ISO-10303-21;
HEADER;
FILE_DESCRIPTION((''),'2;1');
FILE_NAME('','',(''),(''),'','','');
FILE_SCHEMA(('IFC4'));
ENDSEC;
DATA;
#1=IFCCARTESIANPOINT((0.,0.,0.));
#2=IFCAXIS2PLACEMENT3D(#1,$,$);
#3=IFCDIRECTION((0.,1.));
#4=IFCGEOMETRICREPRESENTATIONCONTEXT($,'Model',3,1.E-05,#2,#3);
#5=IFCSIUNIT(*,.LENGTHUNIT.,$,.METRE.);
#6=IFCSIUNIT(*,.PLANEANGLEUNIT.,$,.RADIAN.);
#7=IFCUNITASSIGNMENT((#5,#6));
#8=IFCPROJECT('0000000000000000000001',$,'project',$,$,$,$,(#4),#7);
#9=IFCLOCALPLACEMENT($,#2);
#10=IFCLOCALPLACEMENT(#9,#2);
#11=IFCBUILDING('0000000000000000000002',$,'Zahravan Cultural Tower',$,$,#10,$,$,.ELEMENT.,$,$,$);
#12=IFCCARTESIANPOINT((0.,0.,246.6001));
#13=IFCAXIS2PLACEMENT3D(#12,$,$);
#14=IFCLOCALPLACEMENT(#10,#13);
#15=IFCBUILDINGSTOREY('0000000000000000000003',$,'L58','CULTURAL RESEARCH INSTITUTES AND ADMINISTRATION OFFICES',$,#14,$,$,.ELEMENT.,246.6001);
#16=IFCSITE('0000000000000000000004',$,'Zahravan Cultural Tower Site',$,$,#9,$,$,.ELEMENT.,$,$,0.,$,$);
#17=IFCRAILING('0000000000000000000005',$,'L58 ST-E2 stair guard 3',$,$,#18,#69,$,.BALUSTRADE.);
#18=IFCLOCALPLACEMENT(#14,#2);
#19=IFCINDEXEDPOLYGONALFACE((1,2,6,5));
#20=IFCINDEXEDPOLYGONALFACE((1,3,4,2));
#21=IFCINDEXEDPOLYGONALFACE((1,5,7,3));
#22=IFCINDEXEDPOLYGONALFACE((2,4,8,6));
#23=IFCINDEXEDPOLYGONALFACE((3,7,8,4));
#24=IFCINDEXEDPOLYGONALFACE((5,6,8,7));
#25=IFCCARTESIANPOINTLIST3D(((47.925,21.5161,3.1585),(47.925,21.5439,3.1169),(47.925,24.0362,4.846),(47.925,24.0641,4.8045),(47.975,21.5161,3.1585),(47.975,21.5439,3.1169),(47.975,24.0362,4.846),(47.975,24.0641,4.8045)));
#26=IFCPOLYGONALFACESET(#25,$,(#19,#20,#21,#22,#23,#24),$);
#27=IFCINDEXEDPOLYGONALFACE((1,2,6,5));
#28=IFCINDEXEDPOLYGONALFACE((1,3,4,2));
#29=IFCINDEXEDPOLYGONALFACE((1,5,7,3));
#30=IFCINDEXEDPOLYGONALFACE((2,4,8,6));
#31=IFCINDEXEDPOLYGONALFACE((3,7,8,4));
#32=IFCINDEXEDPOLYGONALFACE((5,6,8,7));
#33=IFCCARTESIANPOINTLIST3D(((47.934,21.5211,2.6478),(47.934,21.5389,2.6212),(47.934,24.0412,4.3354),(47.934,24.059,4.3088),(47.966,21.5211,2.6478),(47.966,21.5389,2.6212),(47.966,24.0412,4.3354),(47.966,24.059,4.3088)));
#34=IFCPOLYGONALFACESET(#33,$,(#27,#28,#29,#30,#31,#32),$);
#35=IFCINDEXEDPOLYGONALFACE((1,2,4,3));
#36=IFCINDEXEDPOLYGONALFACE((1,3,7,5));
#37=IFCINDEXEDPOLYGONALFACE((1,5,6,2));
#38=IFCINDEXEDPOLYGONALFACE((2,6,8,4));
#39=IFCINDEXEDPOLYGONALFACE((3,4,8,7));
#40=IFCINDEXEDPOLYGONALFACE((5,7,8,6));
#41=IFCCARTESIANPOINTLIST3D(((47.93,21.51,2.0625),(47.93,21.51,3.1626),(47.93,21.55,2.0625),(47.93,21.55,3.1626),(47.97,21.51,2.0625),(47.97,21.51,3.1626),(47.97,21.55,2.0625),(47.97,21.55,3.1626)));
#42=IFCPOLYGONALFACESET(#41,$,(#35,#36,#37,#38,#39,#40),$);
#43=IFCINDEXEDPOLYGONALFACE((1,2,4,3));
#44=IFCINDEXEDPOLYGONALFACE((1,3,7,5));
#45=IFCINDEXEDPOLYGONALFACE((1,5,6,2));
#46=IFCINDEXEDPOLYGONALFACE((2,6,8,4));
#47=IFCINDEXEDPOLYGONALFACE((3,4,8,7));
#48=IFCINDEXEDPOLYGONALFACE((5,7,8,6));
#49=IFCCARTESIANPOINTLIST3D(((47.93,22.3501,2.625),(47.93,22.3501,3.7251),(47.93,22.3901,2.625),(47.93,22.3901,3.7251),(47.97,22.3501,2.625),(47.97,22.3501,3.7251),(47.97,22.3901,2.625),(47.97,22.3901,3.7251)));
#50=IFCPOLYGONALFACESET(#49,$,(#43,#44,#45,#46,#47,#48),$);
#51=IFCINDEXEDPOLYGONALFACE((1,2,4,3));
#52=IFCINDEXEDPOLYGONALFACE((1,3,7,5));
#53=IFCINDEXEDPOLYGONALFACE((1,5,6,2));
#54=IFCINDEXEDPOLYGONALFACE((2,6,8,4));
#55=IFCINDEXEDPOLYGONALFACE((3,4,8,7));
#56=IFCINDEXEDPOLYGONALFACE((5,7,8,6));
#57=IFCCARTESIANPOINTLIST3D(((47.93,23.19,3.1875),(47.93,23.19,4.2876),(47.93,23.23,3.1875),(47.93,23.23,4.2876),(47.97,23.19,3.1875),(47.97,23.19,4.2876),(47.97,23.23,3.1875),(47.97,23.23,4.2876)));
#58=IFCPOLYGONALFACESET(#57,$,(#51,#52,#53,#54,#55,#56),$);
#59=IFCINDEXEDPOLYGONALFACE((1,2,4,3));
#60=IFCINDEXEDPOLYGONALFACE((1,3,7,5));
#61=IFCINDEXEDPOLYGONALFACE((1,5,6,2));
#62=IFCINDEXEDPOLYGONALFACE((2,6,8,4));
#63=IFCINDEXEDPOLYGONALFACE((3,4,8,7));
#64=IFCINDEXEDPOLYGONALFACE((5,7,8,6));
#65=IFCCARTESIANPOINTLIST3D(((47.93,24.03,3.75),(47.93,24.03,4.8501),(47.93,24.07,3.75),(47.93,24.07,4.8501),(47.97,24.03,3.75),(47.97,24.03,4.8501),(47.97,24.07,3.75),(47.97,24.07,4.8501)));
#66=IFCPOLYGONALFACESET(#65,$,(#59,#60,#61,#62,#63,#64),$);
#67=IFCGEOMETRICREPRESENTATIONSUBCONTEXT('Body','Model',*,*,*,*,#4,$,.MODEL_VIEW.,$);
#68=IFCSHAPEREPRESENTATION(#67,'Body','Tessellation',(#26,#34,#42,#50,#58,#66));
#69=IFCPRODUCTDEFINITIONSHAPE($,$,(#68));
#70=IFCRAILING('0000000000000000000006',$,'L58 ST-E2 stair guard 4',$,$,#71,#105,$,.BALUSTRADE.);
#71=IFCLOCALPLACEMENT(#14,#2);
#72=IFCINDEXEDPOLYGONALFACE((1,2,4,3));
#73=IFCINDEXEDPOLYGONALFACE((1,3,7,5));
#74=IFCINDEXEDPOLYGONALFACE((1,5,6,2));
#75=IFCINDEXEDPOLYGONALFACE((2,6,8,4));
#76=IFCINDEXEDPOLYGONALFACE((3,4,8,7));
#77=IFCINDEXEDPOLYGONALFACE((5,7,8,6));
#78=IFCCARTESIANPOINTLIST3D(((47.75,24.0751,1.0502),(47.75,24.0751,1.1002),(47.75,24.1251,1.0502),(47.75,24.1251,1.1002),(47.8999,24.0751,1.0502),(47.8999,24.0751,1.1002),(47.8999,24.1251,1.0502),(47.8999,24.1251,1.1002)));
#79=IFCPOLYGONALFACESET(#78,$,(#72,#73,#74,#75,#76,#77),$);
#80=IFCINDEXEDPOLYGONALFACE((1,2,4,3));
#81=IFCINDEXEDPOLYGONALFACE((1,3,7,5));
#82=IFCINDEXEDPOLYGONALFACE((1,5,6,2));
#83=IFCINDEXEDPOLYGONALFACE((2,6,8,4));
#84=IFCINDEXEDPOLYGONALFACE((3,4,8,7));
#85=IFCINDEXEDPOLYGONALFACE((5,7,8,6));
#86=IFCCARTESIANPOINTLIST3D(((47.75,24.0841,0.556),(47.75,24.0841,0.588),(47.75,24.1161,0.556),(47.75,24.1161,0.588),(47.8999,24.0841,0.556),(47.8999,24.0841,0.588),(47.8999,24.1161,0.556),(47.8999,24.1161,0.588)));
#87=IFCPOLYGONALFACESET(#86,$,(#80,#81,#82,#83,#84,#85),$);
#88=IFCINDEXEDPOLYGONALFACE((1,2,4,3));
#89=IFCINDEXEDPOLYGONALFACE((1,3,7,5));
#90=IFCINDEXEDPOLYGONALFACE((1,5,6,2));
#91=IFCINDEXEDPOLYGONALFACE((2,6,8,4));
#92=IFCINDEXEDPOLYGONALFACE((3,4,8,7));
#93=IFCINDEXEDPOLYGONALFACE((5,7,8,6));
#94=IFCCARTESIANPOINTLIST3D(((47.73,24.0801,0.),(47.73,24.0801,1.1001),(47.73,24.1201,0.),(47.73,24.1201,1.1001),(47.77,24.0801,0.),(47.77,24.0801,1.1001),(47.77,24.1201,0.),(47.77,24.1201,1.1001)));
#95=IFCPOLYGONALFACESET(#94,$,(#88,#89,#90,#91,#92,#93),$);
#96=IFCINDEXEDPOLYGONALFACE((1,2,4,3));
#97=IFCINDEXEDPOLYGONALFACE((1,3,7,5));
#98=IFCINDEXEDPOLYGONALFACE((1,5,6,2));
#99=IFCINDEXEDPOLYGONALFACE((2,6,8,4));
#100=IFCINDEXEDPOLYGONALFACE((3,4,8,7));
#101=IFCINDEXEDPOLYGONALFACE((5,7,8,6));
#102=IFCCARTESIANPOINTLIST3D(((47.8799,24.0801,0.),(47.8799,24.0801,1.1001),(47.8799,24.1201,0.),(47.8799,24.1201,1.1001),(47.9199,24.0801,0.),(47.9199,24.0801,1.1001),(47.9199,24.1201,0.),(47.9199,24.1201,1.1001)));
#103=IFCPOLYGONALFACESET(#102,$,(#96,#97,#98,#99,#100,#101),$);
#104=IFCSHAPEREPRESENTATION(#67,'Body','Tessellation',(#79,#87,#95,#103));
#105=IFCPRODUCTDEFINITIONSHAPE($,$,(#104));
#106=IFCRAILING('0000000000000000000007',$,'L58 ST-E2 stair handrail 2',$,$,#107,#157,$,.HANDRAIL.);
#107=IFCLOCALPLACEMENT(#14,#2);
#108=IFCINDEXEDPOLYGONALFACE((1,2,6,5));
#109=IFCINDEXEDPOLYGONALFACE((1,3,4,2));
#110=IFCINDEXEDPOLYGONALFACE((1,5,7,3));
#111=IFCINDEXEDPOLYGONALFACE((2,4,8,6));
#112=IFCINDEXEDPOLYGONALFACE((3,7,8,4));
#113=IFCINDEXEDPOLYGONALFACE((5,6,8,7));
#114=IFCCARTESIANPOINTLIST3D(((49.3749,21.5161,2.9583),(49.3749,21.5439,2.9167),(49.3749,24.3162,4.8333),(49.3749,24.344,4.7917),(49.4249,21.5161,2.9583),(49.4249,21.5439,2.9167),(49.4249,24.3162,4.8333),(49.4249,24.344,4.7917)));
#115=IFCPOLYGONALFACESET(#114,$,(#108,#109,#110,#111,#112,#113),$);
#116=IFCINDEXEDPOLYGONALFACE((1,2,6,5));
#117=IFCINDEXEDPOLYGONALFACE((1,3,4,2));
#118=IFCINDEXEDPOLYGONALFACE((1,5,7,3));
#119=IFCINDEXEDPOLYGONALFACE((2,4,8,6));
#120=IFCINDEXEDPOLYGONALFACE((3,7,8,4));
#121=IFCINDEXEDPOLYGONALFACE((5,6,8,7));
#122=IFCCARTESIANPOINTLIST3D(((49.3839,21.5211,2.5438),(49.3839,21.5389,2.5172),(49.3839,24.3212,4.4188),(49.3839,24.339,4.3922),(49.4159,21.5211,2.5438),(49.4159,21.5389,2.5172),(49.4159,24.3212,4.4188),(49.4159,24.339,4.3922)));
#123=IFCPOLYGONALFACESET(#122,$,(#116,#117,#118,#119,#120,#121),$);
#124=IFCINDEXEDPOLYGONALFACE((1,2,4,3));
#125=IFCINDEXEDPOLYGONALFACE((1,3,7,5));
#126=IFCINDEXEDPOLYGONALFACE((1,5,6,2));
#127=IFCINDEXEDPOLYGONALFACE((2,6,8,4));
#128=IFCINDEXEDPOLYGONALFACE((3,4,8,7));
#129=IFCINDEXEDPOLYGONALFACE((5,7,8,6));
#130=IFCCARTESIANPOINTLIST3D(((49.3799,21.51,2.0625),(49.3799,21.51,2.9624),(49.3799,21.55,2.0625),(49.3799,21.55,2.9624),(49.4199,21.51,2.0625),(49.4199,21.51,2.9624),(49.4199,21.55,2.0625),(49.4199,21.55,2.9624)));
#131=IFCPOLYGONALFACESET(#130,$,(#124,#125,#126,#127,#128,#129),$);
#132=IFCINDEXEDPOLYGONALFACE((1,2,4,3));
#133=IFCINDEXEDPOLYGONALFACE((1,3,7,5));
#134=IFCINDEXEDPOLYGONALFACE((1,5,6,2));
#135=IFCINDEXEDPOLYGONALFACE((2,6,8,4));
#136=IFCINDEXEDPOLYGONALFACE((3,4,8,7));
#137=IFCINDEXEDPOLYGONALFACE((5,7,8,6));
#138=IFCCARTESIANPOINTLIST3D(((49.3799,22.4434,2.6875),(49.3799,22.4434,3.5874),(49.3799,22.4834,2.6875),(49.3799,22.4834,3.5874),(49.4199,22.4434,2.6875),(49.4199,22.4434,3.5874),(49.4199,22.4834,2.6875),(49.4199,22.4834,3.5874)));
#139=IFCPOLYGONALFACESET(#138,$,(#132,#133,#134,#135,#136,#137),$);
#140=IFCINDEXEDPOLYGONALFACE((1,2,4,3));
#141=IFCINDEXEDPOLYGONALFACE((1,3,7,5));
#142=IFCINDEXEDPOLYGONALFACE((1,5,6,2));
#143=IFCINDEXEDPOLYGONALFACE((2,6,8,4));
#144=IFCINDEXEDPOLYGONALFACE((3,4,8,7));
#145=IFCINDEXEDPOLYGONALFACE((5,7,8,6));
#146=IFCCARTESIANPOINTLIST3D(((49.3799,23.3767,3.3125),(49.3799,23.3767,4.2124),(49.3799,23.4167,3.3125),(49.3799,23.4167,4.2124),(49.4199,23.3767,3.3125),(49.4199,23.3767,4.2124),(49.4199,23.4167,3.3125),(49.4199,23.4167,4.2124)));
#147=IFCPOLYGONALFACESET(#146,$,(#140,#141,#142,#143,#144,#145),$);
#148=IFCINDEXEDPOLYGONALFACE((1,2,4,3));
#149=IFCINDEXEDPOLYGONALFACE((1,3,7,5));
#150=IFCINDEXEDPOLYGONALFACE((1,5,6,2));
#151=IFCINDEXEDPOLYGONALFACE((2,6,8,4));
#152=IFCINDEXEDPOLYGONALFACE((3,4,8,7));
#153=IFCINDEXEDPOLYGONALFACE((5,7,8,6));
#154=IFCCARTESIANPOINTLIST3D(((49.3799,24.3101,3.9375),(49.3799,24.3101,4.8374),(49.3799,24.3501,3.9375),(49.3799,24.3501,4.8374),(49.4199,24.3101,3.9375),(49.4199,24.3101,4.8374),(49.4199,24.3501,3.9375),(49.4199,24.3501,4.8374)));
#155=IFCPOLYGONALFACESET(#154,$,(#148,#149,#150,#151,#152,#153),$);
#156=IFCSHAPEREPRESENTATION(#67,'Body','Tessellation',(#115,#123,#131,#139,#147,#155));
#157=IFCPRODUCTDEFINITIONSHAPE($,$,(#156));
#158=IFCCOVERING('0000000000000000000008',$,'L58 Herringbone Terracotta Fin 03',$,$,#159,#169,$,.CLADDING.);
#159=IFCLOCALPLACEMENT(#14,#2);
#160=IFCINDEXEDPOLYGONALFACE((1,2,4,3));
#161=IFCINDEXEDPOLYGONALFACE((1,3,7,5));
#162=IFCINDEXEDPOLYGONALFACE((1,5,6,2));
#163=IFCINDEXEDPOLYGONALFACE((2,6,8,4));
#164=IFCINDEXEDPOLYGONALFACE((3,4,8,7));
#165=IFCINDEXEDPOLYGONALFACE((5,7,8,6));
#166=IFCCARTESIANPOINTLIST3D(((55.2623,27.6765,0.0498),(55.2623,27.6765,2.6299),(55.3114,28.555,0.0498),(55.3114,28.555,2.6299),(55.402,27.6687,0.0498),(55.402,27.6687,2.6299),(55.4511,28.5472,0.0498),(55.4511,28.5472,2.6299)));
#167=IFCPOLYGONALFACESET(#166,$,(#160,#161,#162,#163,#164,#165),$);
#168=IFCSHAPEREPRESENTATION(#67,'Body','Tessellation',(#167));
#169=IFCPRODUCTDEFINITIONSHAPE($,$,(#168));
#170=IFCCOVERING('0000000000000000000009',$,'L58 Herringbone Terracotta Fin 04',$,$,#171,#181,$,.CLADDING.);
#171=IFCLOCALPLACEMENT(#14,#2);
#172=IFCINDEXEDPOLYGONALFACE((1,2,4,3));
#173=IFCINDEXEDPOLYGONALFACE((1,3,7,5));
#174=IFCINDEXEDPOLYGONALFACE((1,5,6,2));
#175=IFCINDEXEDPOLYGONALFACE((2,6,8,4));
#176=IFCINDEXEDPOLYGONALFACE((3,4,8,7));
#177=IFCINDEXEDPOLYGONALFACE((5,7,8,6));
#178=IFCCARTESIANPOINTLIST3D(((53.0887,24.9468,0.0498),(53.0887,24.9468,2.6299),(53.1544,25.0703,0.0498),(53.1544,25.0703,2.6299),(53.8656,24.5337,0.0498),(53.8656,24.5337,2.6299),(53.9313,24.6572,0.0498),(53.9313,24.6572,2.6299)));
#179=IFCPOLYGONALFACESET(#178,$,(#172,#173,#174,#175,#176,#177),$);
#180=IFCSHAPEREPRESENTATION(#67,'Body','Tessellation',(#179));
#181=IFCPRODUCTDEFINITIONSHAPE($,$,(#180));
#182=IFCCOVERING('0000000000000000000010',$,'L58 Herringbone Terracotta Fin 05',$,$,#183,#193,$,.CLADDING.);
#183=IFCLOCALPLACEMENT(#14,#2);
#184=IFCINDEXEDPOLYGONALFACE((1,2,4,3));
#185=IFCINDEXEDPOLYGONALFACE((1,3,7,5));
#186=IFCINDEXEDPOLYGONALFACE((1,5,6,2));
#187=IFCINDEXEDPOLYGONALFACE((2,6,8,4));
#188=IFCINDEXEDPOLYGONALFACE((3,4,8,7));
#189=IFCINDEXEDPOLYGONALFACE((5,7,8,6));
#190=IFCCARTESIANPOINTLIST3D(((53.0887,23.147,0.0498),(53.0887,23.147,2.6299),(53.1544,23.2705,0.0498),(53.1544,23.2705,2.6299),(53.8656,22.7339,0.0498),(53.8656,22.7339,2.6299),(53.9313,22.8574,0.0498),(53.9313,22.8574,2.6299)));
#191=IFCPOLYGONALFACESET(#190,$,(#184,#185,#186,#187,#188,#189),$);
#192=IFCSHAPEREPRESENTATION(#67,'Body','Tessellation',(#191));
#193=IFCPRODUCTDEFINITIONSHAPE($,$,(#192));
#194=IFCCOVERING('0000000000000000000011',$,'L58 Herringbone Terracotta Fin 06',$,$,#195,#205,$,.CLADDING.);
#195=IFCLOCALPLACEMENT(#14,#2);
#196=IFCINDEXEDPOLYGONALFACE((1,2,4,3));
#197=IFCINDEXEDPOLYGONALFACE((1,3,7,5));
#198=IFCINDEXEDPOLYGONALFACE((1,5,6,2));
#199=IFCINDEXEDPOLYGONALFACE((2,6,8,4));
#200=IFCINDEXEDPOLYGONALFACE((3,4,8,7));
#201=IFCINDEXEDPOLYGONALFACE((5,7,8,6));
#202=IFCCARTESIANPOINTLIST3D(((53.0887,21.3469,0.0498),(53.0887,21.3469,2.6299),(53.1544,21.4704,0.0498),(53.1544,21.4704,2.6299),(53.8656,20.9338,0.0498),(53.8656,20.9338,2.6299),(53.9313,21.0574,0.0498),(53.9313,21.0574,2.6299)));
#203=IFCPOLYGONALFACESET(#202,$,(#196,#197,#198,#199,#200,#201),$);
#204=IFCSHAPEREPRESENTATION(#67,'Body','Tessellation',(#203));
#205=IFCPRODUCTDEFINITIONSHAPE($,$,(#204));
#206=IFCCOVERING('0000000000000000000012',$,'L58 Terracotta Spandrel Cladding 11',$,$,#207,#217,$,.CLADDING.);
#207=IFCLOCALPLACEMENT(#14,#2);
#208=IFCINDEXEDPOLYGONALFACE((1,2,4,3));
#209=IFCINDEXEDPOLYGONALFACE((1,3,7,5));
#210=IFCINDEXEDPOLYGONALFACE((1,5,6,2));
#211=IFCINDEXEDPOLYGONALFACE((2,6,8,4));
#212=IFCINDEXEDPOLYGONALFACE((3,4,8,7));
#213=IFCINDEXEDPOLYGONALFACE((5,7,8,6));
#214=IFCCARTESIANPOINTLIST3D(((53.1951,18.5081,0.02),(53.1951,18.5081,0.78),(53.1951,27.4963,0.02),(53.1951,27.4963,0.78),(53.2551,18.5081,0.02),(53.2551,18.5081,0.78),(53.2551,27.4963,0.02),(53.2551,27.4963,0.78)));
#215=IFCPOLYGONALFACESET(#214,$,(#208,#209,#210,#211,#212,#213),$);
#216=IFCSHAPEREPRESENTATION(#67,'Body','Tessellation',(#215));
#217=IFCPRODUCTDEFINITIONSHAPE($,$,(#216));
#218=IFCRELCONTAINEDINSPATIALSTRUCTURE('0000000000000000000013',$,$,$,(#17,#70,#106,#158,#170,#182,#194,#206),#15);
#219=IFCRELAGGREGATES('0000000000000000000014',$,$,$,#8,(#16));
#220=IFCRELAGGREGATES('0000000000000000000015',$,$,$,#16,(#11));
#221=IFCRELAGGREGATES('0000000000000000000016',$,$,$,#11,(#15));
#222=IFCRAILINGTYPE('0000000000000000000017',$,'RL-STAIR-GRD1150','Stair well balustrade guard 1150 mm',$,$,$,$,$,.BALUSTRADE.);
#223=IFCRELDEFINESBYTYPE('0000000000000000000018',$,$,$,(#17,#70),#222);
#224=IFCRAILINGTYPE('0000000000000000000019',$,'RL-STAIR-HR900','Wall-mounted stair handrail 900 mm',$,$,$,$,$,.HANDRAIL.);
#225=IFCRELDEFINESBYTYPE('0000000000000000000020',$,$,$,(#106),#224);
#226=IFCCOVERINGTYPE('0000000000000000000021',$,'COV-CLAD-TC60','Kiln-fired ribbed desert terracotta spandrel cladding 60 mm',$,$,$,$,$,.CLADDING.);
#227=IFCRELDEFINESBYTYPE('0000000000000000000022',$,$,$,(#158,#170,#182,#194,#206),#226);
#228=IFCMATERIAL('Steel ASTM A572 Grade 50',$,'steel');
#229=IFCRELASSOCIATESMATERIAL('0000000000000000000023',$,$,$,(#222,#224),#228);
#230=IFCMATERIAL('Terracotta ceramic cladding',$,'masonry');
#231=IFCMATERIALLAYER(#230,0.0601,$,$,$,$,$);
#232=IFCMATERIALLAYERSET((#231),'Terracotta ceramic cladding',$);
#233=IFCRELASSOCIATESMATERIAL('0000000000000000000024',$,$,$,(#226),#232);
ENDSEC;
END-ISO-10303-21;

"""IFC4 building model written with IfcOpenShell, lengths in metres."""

from ifc_helpers import new_model, si_unit, direction, frame, origin, origin_2d, place, context, subcontext, project, spatial, rectangle, extrude, source, transform, mapped, material, layer, layer_set, type_object, element, save


model = new_model("IFC4")

# Units and contexts
model_context = context("Model", 3, precision=1e-05, world=origin(), true_north=direction((0.0, 1.0)))
body_context = subcontext(model_context, "Body", "Model", "MODEL_VIEW")
ifc_project = project(units=[si_unit("LENGTHUNIT", "METRE"), si_unit("PLANEANGLEUNIT", "RADIAN")], contexts=[model_context])

# Site, building, storey
site_placement = place(None, origin())
site = spatial("IfcSite", under=ifc_project, at=site_placement, Name="Zahravan Cultural Tower Site", CompositionType="ELEMENT", RefElevation=0.0)
building_placement = place(site_placement, origin())
building = spatial("IfcBuilding", under=site, at=building_placement, Name="Zahravan Cultural Tower", CompositionType="ELEMENT")
storey_placement = place(building_placement, frame((0.0, 0.0, 246.6001)))
storey = spatial("IfcBuildingStorey", under=building, at=storey_placement, Name="L58", Description="CULTURAL RESEARCH INSTITUTES AND ADMINISTRATION OFFICES", CompositionType="ELEMENT", Elevation=246.6001)

# Railings
ifc_material_1 = material(Name="Steel ASTM A572 Grade 50", Category="steel")
railing_type_1 = type_object("IfcRailingType", Name="RL-STAIR-GRD1150", Description="Stair well balustrade guard 1150 mm", PredefinedType="BALUSTRADE", material=ifc_material_1)
railing_1_placement = place(storey_placement, frame((47.95, 21.53, 2.0625)))
element("IfcRailing", 1, at=railing_1_placement, inside=storey, type_object=railing_type_1, Name="L58 ST-E2 stair guard 3", PredefinedType="BALUSTRADE", context=body_context, shape_type="SweptSolid", body=[
    extrude(rectangle(XDim=0.05, YDim=0.05, at=origin_2d()), frame((0.0, 0.0, 1.0752), z_axis=(0.0, 0.830909, 0.556408), x_axis=(-1.0, 0.0, 0.0)), (0.0, 0.0, 1.0), 3.033),
    extrude(rectangle(XDim=0.032, YDim=0.032, at=origin_2d()), frame((0.0, 0.0, 0.572), z_axis=(0.0, 0.830909, 0.556408), x_axis=(-1.0, 0.0, 0.0)), (0.0, 0.0, 1.0), 3.033),
    extrude(rectangle(XDim=0.04, YDim=0.04, at=origin_2d()), origin(), (0.0, 0.0, 1.0), 1.1001),
    extrude(rectangle(XDim=0.04, YDim=0.04, at=origin_2d()), frame((0.0, 0.8401, 0.5625)), (0.0, 0.0, 1.0), 1.1001),
    extrude(rectangle(XDim=0.04, YDim=0.04, at=origin_2d()), frame((0.0, 1.6799, 1.125)), (0.0, 0.0, 1.0), 1.1001),
    extrude(rectangle(XDim=0.04, YDim=0.04, at=origin_2d()), frame((0.0, 2.52, 1.6875)), (0.0, 0.0, 1.0), 1.1001),
])
railing_2_placement = place(storey_placement, frame((47.75, 24.1001, 0.0)))
element("IfcRailing", 2, at=railing_2_placement, inside=storey, type_object=railing_type_1, Name="L58 ST-E2 stair guard 4", PredefinedType="BALUSTRADE", context=body_context, shape_type="SweptSolid", body=[
    extrude(rectangle(XDim=0.05, YDim=0.05, at=origin_2d()), frame((0.0, 0.0, 1.0752), z_axis=(1.0, 0.0, 0.0), x_axis=(0.0, 1.0, 0.0)), (0.0, 0.0, 1.0), 0.1499),
    extrude(rectangle(XDim=0.032, YDim=0.032, at=origin_2d()), frame((0.0, 0.0, 0.572), z_axis=(1.0, 0.0, 0.0), x_axis=(0.0, 1.0, 0.0)), (0.0, 0.0, 1.0), 0.1499),
    extrude(rectangle(XDim=0.04, YDim=0.04, at=origin_2d()), origin(), (0.0, 0.0, 1.0), 1.1001),
    extrude(rectangle(XDim=0.04, YDim=0.04, at=origin_2d()), frame((0.1499, 0.0, 0.0)), (0.0, 0.0, 1.0), 1.1001),
])
railing_type_2 = type_object("IfcRailingType", Name="RL-STAIR-HR900", Description="Wall-mounted stair handrail 900 mm", PredefinedType="HANDRAIL", material=ifc_material_1)
railing_3_placement = place(storey_placement, frame((49.3999, 21.53, 2.0625)))
element("IfcRailing", 3, at=railing_3_placement, inside=storey, type_object=railing_type_2, Name="L58 ST-E2 stair handrail 2", PredefinedType="HANDRAIL", context=body_context, shape_type="SweptSolid", body=[
    extrude(rectangle(XDim=0.05, YDim=0.05, at=origin_2d()), frame((0.0, 0.0, 0.875), z_axis=(0.0, 0.830912, 0.556404), x_axis=(-1.0, 0.0, 0.0)), (0.0, 0.0, 1.0), 3.3699),
    extrude(rectangle(XDim=0.032, YDim=0.032, at=origin_2d()), frame((0.0, 0.0, 0.468), z_axis=(0.0, 0.830912, 0.556404), x_axis=(-1.0, 0.0, 0.0)), (0.0, 0.0, 1.0), 3.3699),
    extrude(rectangle(XDim=0.04, YDim=0.04, at=origin_2d()), origin(), (0.0, 0.0, 1.0), 0.8999),
    extrude(rectangle(XDim=0.04, YDim=0.04, at=origin_2d()), frame((0.0, 0.9333, 0.625)), (0.0, 0.0, 1.0), 0.8999),
    extrude(rectangle(XDim=0.04, YDim=0.04, at=origin_2d()), frame((0.0, 1.8667, 1.25)), (0.0, 0.0, 1.0), 0.8999),
    extrude(rectangle(XDim=0.04, YDim=0.04, at=origin_2d()), frame((0.0, 2.8, 1.875)), (0.0, 0.0, 1.0), 0.8999),
])

# Coverings
ifc_material_2 = material(Name="Terracotta ceramic cladding", Category="masonry")
ifc_layer_1 = layer(ifc_material_2, 0.0601)
ifc_layer_set_1 = layer_set([ifc_layer_1], Name="Terracotta ceramic cladding")
covering_type = type_object("IfcCoveringType", Name="COV-CLAD-TC60", Description="Kiln-fired ribbed desert terracotta spandrel cladding 60 mm", PredefinedType="CLADDING", material=ifc_layer_set_1)
shared_shape_1 = source(origin(), body_context, "Body", "SweptSolid", [
    extrude(rectangle(XDim=0.8799, YDim=0.1399, at=origin_2d()), origin(), (0.0, 0.0, 1.0), 2.5801),
])
for number, where, z_axis, x_axis, name in (
    (4, (55.3567, 28.1118, 0.0498), (0.0, 0.0, 1.0), (-0.055804, -0.998442, 0.0), "L58 Herringbone Terracotta Fin 03"),
    (5, (53.51, 24.802, 0.0498), (0.0, 0.0, 1.0), (0.882948, -0.469472, 0.0), "L58 Herringbone Terracotta Fin 04"),
    (6, (53.51, 23.0022, 0.0498), (0.0, 0.0, 1.0), (0.882948, -0.469472, 0.0), "L58 Herringbone Terracotta Fin 05"),
    (7, (53.51, 21.2021, 0.0498), (0.0, 0.0, 1.0), (0.882948, -0.469472, 0.0), "L58 Herringbone Terracotta Fin 06"),
):
    element("IfcCovering", number, at=place(storey_placement, frame(where, z_axis=z_axis, x_axis=x_axis)), inside=storey, type_object=covering_type, Name=name, PredefinedType="CLADDING", context=body_context, shape_type="MappedRepresentation", body=[
        mapped(shared_shape_1, transform((0.0, 0.0, 0.0), x_axis=(1.0, 0.0, 0.0), y_axis=(0.0, 1.0, 0.0), z_axis=(0.0, 0.0, 1.0), scale=1.0)),
    ])
shared_shape_2 = source(origin(), body_context, "Body", "SweptSolid", [
    extrude(rectangle(XDim=8.9883, YDim=0.0601, at=origin_2d()), origin(), (0.0, 0.0, 1.0), 0.76),
])
covering_placement = place(storey_placement, frame((53.2251, 23.0022, 0.02), z_axis=(0.0, 0.0, 1.0), x_axis=(0.0, -1.0, 0.0)))
element("IfcCovering", 8, at=covering_placement, inside=storey, type_object=covering_type, Name="L58 Terracotta Spandrel Cladding 11", PredefinedType="CLADDING", context=body_context, shape_type="MappedRepresentation", body=[
    mapped(shared_shape_2, transform((0.0, 0.0, 0.0), x_axis=(1.0, 0.0, 0.0), y_axis=(0.0, 1.0, 0.0), z_axis=(0.0, 0.0, 1.0), scale=1.0)),
])

save(model, "model.ifc")
